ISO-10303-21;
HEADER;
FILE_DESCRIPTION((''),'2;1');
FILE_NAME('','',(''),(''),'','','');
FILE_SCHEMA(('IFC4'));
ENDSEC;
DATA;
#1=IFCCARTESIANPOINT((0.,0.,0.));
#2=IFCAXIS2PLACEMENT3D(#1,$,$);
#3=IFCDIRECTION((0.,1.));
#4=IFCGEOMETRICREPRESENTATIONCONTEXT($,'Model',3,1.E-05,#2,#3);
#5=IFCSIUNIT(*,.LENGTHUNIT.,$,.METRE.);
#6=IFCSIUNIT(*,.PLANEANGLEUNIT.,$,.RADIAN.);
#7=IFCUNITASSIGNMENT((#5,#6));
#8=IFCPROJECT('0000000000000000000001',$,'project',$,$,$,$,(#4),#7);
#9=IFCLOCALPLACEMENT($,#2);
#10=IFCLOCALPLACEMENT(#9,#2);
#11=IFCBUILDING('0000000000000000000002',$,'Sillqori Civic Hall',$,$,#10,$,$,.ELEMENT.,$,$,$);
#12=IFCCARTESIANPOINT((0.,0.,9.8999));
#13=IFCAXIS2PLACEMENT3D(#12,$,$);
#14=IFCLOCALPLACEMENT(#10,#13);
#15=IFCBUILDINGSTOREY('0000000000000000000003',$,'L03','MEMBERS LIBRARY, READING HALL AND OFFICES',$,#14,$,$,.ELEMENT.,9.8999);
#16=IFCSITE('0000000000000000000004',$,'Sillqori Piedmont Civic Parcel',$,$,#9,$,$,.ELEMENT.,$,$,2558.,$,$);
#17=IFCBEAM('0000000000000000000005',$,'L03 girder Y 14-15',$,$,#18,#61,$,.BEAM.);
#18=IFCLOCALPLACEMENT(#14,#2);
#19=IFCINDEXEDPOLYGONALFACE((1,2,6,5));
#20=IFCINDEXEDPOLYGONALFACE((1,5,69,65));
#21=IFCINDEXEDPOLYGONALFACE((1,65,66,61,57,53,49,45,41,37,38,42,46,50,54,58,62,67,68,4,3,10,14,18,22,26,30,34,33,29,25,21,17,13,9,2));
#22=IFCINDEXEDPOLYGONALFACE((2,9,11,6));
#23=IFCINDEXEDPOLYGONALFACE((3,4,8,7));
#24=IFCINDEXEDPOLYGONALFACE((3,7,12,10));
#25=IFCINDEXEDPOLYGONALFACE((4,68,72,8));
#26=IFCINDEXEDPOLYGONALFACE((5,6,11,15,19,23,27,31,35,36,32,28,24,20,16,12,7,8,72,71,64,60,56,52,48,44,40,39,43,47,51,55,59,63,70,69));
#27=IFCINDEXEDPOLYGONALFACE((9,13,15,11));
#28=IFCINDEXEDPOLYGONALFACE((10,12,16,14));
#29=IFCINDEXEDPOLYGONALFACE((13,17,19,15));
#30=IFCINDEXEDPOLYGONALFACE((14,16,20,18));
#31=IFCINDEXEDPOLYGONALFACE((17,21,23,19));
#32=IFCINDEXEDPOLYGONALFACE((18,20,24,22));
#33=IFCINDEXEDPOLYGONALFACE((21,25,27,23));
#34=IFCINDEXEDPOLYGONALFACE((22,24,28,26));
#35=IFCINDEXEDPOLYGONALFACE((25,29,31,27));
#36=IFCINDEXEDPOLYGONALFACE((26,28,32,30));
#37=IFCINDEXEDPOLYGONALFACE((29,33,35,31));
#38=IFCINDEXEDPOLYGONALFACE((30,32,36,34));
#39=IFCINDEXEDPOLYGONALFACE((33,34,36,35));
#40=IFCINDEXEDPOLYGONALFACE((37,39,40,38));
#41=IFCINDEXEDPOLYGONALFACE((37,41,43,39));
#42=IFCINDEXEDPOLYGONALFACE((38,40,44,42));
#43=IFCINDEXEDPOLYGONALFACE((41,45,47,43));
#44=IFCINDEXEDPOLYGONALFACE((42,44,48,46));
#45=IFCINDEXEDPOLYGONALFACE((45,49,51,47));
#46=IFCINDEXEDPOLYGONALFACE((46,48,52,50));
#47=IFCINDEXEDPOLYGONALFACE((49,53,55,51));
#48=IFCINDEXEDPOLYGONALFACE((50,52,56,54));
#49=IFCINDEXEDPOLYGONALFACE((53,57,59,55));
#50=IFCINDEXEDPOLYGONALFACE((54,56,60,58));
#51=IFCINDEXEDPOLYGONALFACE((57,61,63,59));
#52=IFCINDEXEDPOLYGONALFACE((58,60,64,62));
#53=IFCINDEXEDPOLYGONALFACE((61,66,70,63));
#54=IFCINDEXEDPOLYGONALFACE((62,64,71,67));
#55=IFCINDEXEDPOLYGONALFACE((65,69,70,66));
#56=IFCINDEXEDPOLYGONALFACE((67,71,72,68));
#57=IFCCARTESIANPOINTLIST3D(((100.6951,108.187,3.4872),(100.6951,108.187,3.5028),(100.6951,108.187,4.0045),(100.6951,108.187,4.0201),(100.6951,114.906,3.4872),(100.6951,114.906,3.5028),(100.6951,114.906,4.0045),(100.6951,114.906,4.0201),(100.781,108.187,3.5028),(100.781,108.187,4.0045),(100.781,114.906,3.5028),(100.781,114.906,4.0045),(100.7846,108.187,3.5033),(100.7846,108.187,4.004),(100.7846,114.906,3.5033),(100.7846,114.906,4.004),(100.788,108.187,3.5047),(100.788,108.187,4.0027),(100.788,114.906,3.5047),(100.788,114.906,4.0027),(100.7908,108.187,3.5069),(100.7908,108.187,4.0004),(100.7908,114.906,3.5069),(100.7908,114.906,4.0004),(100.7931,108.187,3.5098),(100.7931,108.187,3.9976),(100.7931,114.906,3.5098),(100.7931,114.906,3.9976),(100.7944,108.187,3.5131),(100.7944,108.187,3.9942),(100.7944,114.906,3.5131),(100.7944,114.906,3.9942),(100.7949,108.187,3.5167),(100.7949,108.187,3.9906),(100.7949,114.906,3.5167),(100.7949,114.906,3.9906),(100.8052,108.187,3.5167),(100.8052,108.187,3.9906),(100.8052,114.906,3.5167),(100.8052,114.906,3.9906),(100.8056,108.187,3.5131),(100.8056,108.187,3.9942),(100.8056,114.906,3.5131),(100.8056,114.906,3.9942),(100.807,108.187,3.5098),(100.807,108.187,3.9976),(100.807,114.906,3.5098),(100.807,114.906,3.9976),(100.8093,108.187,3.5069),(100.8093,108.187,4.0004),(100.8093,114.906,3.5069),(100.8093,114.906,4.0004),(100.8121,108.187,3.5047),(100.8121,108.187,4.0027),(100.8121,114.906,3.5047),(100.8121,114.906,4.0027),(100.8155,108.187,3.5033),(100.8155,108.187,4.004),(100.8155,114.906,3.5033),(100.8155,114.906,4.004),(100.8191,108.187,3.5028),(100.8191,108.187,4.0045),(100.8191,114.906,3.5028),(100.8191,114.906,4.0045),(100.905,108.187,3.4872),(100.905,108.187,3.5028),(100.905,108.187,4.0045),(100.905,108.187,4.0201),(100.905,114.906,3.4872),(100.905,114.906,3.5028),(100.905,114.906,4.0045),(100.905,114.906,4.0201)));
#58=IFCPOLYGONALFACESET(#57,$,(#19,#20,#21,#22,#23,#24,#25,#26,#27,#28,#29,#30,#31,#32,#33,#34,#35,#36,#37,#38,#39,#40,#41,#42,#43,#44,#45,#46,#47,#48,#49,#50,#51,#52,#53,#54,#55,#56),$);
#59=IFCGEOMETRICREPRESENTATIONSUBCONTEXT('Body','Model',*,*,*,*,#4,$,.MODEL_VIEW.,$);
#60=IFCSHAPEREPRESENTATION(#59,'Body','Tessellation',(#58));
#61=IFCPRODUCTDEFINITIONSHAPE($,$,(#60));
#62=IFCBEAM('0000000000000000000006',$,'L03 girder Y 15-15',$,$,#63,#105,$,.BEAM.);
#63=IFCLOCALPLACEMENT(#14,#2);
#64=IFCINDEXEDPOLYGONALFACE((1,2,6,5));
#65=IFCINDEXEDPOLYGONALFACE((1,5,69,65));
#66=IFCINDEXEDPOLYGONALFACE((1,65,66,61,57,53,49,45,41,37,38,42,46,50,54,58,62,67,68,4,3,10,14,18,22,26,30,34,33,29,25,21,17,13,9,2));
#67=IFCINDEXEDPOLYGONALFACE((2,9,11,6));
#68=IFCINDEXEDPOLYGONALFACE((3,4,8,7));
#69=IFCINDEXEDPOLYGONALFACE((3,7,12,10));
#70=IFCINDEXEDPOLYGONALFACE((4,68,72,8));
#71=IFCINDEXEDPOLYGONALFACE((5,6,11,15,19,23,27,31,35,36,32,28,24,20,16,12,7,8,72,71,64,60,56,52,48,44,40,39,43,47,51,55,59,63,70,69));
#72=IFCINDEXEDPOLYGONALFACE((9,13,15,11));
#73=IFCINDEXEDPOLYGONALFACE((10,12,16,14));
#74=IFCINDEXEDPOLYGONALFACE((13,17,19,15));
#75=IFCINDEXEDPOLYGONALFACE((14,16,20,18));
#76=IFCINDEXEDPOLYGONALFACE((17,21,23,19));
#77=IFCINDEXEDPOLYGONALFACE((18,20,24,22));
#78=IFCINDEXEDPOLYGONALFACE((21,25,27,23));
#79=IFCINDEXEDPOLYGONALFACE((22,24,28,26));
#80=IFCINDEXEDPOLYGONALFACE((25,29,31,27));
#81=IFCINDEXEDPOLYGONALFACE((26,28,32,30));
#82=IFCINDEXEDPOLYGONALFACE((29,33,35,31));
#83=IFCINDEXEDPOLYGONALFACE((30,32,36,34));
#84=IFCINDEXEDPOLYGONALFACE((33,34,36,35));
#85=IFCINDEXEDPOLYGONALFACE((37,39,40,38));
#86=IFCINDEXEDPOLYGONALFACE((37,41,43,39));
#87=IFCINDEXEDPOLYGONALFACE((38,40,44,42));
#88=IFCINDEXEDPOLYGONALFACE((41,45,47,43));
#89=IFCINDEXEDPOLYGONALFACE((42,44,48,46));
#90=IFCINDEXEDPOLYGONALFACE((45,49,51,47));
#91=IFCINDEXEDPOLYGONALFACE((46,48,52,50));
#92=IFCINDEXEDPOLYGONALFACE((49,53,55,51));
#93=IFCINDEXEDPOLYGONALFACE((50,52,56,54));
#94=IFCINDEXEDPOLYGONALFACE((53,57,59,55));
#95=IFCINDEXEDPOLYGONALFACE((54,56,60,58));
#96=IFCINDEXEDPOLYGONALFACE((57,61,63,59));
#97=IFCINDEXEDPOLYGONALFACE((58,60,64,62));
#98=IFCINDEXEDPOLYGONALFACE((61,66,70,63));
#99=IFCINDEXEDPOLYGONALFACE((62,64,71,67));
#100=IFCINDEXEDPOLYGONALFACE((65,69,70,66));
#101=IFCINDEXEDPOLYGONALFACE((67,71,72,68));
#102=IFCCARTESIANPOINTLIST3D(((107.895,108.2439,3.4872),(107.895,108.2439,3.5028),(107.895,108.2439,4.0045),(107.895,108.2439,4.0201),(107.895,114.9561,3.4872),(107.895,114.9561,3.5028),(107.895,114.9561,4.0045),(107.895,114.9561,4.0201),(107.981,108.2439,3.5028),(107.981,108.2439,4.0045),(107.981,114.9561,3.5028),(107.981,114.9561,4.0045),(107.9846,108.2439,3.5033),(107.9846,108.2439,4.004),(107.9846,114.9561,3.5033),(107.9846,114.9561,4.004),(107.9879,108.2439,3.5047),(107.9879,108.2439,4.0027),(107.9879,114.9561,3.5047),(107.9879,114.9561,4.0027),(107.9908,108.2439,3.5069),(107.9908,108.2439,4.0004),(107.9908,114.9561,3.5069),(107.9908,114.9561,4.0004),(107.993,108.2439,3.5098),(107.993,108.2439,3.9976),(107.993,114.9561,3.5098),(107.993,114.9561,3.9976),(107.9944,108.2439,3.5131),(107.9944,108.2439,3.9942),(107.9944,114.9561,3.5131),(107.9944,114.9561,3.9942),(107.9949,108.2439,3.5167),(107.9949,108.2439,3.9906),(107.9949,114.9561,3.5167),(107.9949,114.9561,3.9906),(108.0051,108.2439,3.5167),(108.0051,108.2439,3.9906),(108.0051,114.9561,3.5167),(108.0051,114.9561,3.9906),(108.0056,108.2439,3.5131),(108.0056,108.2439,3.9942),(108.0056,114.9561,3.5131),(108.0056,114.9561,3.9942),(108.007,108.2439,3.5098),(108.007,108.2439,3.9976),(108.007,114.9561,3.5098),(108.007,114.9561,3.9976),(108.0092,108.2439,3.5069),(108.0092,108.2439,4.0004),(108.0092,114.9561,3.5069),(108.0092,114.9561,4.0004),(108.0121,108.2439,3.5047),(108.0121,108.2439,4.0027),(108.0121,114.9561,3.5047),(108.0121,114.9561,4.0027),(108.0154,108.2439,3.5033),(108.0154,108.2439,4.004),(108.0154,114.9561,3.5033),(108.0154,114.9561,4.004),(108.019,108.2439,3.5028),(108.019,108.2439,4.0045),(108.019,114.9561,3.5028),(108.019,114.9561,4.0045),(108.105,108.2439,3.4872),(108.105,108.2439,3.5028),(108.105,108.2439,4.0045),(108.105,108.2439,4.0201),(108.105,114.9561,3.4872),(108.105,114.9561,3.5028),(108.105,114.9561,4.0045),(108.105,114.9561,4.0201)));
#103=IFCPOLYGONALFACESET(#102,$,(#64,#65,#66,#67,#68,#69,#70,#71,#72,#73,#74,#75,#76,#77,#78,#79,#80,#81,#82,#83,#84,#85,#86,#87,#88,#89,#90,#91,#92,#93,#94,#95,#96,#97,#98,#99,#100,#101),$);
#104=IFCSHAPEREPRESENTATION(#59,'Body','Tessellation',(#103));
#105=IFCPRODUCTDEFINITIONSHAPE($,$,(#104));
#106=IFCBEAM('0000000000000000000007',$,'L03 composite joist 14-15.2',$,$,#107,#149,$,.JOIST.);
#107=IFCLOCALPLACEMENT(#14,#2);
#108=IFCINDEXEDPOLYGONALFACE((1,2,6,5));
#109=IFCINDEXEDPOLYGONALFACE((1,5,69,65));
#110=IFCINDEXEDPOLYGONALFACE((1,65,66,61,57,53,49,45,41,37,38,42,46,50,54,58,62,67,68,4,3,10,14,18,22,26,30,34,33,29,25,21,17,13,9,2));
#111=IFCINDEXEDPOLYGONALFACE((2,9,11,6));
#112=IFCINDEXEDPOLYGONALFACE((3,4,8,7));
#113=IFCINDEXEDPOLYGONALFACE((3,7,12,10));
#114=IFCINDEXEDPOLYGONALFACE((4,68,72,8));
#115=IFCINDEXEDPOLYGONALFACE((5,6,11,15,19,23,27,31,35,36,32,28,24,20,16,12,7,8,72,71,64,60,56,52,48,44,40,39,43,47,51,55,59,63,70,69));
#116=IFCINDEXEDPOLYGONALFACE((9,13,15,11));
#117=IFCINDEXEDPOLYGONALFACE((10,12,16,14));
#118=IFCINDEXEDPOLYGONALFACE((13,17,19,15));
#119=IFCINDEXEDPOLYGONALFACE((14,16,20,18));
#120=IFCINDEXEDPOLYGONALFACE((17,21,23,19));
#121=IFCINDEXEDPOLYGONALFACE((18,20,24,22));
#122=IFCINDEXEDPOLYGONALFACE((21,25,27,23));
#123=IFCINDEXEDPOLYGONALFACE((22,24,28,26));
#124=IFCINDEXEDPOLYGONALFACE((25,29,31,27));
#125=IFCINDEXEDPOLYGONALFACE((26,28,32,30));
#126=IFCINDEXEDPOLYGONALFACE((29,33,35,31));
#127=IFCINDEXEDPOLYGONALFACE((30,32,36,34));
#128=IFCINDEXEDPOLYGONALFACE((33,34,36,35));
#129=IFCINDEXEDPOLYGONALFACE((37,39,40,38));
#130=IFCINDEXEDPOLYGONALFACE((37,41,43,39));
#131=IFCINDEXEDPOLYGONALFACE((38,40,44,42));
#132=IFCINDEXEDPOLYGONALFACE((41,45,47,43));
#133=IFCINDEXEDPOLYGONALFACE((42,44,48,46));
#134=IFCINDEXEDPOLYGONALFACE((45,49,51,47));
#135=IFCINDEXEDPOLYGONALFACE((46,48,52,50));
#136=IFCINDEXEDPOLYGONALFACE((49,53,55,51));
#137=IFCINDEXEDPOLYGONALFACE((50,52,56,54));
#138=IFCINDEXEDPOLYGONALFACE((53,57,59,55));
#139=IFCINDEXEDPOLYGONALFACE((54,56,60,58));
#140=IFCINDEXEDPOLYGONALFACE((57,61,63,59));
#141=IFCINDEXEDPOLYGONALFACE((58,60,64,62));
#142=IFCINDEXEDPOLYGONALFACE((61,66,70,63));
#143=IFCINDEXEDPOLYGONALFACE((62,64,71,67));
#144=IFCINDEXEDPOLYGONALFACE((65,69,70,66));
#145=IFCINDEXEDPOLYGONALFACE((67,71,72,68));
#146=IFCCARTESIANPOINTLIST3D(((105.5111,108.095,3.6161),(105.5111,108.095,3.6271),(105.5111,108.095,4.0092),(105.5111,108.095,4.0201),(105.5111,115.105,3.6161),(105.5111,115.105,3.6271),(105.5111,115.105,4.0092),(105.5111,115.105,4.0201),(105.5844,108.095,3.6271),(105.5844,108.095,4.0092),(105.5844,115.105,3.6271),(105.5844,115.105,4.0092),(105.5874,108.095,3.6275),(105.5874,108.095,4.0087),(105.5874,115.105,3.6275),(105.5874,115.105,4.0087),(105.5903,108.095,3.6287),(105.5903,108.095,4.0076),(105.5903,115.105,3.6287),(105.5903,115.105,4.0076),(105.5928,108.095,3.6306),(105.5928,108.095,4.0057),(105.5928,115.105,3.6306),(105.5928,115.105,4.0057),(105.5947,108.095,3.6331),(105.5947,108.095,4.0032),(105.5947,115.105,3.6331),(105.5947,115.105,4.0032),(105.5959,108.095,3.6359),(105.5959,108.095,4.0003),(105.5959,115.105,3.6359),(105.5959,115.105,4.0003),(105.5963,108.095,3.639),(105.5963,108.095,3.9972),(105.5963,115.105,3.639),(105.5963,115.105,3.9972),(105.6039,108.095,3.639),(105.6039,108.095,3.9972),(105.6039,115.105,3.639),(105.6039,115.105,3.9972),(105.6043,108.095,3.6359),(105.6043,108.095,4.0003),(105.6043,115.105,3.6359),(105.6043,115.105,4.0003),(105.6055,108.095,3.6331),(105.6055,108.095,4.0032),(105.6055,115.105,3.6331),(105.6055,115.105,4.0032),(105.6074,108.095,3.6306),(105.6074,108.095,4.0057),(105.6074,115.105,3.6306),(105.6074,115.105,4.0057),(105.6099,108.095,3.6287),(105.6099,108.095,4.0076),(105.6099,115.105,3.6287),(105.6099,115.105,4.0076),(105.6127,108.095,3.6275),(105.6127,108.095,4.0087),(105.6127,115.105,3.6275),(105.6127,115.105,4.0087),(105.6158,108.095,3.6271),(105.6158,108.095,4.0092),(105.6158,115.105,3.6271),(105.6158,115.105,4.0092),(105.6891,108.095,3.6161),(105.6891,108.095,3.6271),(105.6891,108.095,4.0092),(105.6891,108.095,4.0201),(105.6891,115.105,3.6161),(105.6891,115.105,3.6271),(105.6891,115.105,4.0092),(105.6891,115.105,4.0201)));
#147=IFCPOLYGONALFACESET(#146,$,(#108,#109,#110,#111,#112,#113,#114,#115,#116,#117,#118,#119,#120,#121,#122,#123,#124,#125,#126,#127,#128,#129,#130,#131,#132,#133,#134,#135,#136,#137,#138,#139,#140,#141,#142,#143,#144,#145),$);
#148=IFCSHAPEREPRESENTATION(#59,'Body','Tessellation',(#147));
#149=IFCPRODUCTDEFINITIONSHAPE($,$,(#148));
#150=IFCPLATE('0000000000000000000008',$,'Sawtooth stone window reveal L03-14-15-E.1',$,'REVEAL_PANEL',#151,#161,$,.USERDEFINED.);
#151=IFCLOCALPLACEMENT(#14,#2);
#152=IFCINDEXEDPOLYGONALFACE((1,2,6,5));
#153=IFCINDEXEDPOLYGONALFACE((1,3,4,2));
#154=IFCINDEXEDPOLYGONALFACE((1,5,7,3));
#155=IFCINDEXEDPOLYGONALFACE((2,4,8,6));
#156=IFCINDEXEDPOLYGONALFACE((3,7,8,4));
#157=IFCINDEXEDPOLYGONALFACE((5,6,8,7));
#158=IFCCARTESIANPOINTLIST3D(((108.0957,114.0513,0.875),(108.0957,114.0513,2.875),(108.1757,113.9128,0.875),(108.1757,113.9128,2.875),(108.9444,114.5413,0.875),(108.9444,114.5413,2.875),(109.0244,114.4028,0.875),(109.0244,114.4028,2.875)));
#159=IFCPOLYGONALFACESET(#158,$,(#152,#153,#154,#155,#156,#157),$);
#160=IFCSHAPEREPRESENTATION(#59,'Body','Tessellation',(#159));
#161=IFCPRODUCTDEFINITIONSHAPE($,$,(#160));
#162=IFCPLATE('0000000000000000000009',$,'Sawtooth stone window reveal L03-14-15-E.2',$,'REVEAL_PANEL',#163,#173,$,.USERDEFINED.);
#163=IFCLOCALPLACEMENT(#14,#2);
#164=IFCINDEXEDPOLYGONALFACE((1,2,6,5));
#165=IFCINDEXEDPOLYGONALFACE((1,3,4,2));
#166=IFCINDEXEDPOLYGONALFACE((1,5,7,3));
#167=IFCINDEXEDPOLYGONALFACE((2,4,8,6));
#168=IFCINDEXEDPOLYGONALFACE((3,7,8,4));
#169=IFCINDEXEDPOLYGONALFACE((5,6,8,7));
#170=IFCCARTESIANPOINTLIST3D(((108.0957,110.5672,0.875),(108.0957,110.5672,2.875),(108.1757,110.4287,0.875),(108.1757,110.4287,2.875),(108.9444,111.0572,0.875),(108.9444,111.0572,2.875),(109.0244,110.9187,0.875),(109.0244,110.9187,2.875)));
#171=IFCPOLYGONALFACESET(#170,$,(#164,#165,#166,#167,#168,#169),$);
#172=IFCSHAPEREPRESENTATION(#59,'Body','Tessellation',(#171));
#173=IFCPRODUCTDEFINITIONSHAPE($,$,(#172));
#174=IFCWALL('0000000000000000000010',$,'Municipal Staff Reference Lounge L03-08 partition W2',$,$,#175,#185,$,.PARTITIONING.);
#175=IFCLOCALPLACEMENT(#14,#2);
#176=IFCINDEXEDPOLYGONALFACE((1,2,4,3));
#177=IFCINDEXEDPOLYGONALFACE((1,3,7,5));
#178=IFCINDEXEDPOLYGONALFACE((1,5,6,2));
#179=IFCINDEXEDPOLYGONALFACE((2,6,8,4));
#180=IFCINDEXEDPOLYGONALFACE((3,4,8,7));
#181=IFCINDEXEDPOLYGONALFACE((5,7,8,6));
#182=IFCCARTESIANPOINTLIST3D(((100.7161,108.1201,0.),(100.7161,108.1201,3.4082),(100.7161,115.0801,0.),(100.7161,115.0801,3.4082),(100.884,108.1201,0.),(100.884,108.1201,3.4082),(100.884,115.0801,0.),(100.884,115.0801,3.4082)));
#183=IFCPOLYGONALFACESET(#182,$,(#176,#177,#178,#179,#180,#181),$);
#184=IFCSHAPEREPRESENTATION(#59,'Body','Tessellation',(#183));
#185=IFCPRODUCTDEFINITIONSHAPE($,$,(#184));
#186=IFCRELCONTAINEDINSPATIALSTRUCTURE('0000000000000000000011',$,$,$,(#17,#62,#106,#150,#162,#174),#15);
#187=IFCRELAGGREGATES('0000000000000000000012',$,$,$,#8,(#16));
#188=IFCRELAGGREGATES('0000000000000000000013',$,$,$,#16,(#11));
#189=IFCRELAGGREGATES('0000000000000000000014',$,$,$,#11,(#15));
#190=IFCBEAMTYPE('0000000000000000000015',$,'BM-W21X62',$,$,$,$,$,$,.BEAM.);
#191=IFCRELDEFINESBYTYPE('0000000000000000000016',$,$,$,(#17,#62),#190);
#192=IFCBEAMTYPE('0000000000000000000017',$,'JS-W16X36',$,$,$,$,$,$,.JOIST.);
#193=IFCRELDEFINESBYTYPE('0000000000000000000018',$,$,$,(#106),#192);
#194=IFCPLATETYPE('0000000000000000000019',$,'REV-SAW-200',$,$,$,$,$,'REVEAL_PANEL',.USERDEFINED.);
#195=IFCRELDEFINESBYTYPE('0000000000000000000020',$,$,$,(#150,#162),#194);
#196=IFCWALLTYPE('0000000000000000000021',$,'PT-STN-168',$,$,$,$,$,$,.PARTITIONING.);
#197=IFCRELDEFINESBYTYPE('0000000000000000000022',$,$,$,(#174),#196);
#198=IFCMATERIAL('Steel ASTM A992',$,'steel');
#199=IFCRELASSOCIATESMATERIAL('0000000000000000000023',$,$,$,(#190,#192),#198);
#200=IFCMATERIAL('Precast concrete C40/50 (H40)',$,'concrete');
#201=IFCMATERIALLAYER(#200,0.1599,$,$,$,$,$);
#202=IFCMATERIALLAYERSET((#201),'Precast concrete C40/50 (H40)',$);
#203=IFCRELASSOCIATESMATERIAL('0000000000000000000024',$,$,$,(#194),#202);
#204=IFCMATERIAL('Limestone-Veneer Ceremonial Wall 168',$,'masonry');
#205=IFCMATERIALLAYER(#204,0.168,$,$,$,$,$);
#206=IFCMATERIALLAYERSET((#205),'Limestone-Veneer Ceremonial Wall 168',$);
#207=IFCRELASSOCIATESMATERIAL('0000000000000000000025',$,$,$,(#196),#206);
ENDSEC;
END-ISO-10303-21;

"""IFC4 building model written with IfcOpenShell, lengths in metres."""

from ifc_helpers import new_model, si_unit, direction, frame, frame_2d, origin, origin_2d, place, context, subcontext, project, spatial, rectangle, i_section, extrude, material, layer, layer_set, material_profile, profile_set, type_object, element, save


model = new_model("IFC4")

# Units and contexts
model_context = context("Model", 3, precision=1e-05, world=origin(), true_north=direction((0.0, 1.0)))
body_context = subcontext(model_context, "Body", "Model", "MODEL_VIEW")
ifc_project = project(units=[si_unit("LENGTHUNIT", "METRE"), si_unit("PLANEANGLEUNIT", "RADIAN")], contexts=[model_context])

# Site, building, storey
site_placement = place(None, origin())
site = spatial("IfcSite", under=ifc_project, at=site_placement, Name="Sillqori Piedmont Civic Parcel", CompositionType="ELEMENT", RefElevation=2558.0)
building_placement = place(site_placement, origin())
building = spatial("IfcBuilding", under=site, at=building_placement, Name="Sillqori Civic Hall", CompositionType="ELEMENT")
storey_placement = place(building_placement, frame((0.0, 0.0, 9.8999)))
storey = spatial("IfcBuildingStorey", under=building, at=storey_placement, Name="L03", Description="MEMBERS LIBRARY, READING HALL AND OFFICES", CompositionType="ELEMENT", Elevation=9.8999)

# Beams
ifc_material_1 = material(Name="Steel ASTM A992", Category="steel")
ifc_material_profile_1 = material_profile(ifc_material_1, i_section(OverallWidth=0.21, OverallDepth=0.533, WebThickness=0.0103, FlangeThickness=0.0156, FilletRadius=0.0139, at=origin_2d()), Name="W21X62")
ifc_profile_set_1 = profile_set([ifc_material_profile_1], Name="Steel ASTM A992")
beam_type_1 = type_object("IfcBeamType", Name="BM-W21X62", PredefinedType="BEAM", material=ifc_profile_set_1)
beam_1_placement = place(storey_placement, frame((100.8, 108.187, 3.7537), z_axis=(0.0, 1.0, 0.0), x_axis=(-1.0, 0.0, 0.0)))
element("IfcBeam", 1, at=beam_1_placement, inside=storey, type_object=beam_type_1, Name="L03 girder Y 14-15", PredefinedType="BEAM", context=body_context, shape_type="SweptSolid", body=[
    extrude(i_section(OverallWidth=0.21, OverallDepth=0.533, WebThickness=0.0103, FlangeThickness=0.0156, FilletRadius=0.0139, at=origin_2d()), origin(), (0.0, 0.0, 1.0), 6.719),
])
beam_2_placement = place(storey_placement, frame((108.0, 108.2439, 3.7537), z_axis=(0.0, 1.0, 0.0), x_axis=(-1.0, 0.0, 0.0)))
element("IfcBeam", 2, at=beam_2_placement, inside=storey, type_object=beam_type_1, Name="L03 girder Y 15-15", PredefinedType="BEAM", context=body_context, shape_type="SweptSolid", body=[
    extrude(i_section(OverallWidth=0.21, OverallDepth=0.533, WebThickness=0.0103, FlangeThickness=0.0156, FilletRadius=0.0139, at=origin_2d()), origin(), (0.0, 0.0, 1.0), 6.7122),
])
ifc_material_profile_2 = material_profile(ifc_material_1, i_section(OverallWidth=0.178, OverallDepth=0.4041, WebThickness=0.0076, FlangeThickness=0.011, FilletRadius=0.012, at=origin_2d()), Name="W16X36")
ifc_profile_set_2 = profile_set([ifc_material_profile_2], Name="Steel ASTM A992")
beam_type_2 = type_object("IfcBeamType", Name="JS-W16X36", PredefinedType="JOIST", material=ifc_profile_set_2)
beam_3_placement = place(storey_placement, frame((105.6001, 108.095, 3.8181), z_axis=(0.0, 1.0, 0.0), x_axis=(-1.0, 0.0, 0.0)))
element("IfcBeam", 3, at=beam_3_placement, inside=storey, type_object=beam_type_2, Name="L03 composite joist 14-15.2", PredefinedType="JOIST", context=body_context, shape_type="SweptSolid", body=[
    extrude(i_section(OverallWidth=0.178, OverallDepth=0.4041, WebThickness=0.0076, FlangeThickness=0.011, FilletRadius=0.012, at=origin_2d()), origin(), (0.0, 0.0, 1.0), 7.01),
])

# Plates
ifc_material_2 = material(Name="Precast concrete C40/50 (H40)", Category="concrete")
ifc_layer_1 = layer(ifc_material_2, 0.1599)
ifc_layer_set_1 = layer_set([ifc_layer_1], Name="Precast concrete C40/50 (H40)")
plate_type = type_object("IfcPlateType", Name="REV-SAW-200", ElementType="REVEAL_PANEL", PredefinedType="USERDEFINED", material=ifc_layer_set_1)
for number, where, z_axis, x_axis, name in (
    (4, (108.5601, 114.2271, 0.875), (0.0, 0.0, 1.0), (0.5, -0.866025, 0.0), "Sawtooth stone window reveal L03-14-15-E.1"),
    (5, (108.5601, 110.7429, 0.875), (0.0, 0.0, 1.0), (0.5, -0.866025, 0.0), "Sawtooth stone window reveal L03-14-15-E.2"),
):
    element("IfcPlate", number, at=place(storey_placement, frame(where, z_axis=z_axis, x_axis=x_axis)), inside=storey, type_object=plate_type, Name=name, ObjectType="REVEAL_PANEL", PredefinedType="USERDEFINED", context=body_context, shape_type="SweptSolid", body=[
        extrude(rectangle(XDim=0.1599, YDim=0.98, at=origin_2d()), origin(), (0.0, 0.0, 1.0), 2.0),
    ])

# Wall
ifc_material_3 = material(Name="Limestone-Veneer Ceremonial Wall 168", Category="masonry")
ifc_layer_2 = layer(ifc_material_3, 0.168)
ifc_layer_set_2 = layer_set([ifc_layer_2], Name="Limestone-Veneer Ceremonial Wall 168")
wall_type = type_object("IfcWallType", Name="PT-STN-168", PredefinedType="PARTITIONING", material=ifc_layer_set_2)
wall_placement = place(storey_placement, frame((100.8, 108.1201, 0.0), z_axis=(0.0, 0.0, 1.0), x_axis=(0.0, 1.0, 0.0)))
element("IfcWall", 6, at=wall_placement, inside=storey, type_object=wall_type, Name="Municipal Staff Reference Lounge L03-08 partition W2", PredefinedType="PARTITIONING", context=body_context, shape_type="SweptSolid", body=[
    extrude(rectangle(XDim=6.96, YDim=0.168, at=frame_2d((3.48, 0.0))), origin(), (0.0, 0.0, 1.0), 3.4082),
])

save(model, "model.ifc")
